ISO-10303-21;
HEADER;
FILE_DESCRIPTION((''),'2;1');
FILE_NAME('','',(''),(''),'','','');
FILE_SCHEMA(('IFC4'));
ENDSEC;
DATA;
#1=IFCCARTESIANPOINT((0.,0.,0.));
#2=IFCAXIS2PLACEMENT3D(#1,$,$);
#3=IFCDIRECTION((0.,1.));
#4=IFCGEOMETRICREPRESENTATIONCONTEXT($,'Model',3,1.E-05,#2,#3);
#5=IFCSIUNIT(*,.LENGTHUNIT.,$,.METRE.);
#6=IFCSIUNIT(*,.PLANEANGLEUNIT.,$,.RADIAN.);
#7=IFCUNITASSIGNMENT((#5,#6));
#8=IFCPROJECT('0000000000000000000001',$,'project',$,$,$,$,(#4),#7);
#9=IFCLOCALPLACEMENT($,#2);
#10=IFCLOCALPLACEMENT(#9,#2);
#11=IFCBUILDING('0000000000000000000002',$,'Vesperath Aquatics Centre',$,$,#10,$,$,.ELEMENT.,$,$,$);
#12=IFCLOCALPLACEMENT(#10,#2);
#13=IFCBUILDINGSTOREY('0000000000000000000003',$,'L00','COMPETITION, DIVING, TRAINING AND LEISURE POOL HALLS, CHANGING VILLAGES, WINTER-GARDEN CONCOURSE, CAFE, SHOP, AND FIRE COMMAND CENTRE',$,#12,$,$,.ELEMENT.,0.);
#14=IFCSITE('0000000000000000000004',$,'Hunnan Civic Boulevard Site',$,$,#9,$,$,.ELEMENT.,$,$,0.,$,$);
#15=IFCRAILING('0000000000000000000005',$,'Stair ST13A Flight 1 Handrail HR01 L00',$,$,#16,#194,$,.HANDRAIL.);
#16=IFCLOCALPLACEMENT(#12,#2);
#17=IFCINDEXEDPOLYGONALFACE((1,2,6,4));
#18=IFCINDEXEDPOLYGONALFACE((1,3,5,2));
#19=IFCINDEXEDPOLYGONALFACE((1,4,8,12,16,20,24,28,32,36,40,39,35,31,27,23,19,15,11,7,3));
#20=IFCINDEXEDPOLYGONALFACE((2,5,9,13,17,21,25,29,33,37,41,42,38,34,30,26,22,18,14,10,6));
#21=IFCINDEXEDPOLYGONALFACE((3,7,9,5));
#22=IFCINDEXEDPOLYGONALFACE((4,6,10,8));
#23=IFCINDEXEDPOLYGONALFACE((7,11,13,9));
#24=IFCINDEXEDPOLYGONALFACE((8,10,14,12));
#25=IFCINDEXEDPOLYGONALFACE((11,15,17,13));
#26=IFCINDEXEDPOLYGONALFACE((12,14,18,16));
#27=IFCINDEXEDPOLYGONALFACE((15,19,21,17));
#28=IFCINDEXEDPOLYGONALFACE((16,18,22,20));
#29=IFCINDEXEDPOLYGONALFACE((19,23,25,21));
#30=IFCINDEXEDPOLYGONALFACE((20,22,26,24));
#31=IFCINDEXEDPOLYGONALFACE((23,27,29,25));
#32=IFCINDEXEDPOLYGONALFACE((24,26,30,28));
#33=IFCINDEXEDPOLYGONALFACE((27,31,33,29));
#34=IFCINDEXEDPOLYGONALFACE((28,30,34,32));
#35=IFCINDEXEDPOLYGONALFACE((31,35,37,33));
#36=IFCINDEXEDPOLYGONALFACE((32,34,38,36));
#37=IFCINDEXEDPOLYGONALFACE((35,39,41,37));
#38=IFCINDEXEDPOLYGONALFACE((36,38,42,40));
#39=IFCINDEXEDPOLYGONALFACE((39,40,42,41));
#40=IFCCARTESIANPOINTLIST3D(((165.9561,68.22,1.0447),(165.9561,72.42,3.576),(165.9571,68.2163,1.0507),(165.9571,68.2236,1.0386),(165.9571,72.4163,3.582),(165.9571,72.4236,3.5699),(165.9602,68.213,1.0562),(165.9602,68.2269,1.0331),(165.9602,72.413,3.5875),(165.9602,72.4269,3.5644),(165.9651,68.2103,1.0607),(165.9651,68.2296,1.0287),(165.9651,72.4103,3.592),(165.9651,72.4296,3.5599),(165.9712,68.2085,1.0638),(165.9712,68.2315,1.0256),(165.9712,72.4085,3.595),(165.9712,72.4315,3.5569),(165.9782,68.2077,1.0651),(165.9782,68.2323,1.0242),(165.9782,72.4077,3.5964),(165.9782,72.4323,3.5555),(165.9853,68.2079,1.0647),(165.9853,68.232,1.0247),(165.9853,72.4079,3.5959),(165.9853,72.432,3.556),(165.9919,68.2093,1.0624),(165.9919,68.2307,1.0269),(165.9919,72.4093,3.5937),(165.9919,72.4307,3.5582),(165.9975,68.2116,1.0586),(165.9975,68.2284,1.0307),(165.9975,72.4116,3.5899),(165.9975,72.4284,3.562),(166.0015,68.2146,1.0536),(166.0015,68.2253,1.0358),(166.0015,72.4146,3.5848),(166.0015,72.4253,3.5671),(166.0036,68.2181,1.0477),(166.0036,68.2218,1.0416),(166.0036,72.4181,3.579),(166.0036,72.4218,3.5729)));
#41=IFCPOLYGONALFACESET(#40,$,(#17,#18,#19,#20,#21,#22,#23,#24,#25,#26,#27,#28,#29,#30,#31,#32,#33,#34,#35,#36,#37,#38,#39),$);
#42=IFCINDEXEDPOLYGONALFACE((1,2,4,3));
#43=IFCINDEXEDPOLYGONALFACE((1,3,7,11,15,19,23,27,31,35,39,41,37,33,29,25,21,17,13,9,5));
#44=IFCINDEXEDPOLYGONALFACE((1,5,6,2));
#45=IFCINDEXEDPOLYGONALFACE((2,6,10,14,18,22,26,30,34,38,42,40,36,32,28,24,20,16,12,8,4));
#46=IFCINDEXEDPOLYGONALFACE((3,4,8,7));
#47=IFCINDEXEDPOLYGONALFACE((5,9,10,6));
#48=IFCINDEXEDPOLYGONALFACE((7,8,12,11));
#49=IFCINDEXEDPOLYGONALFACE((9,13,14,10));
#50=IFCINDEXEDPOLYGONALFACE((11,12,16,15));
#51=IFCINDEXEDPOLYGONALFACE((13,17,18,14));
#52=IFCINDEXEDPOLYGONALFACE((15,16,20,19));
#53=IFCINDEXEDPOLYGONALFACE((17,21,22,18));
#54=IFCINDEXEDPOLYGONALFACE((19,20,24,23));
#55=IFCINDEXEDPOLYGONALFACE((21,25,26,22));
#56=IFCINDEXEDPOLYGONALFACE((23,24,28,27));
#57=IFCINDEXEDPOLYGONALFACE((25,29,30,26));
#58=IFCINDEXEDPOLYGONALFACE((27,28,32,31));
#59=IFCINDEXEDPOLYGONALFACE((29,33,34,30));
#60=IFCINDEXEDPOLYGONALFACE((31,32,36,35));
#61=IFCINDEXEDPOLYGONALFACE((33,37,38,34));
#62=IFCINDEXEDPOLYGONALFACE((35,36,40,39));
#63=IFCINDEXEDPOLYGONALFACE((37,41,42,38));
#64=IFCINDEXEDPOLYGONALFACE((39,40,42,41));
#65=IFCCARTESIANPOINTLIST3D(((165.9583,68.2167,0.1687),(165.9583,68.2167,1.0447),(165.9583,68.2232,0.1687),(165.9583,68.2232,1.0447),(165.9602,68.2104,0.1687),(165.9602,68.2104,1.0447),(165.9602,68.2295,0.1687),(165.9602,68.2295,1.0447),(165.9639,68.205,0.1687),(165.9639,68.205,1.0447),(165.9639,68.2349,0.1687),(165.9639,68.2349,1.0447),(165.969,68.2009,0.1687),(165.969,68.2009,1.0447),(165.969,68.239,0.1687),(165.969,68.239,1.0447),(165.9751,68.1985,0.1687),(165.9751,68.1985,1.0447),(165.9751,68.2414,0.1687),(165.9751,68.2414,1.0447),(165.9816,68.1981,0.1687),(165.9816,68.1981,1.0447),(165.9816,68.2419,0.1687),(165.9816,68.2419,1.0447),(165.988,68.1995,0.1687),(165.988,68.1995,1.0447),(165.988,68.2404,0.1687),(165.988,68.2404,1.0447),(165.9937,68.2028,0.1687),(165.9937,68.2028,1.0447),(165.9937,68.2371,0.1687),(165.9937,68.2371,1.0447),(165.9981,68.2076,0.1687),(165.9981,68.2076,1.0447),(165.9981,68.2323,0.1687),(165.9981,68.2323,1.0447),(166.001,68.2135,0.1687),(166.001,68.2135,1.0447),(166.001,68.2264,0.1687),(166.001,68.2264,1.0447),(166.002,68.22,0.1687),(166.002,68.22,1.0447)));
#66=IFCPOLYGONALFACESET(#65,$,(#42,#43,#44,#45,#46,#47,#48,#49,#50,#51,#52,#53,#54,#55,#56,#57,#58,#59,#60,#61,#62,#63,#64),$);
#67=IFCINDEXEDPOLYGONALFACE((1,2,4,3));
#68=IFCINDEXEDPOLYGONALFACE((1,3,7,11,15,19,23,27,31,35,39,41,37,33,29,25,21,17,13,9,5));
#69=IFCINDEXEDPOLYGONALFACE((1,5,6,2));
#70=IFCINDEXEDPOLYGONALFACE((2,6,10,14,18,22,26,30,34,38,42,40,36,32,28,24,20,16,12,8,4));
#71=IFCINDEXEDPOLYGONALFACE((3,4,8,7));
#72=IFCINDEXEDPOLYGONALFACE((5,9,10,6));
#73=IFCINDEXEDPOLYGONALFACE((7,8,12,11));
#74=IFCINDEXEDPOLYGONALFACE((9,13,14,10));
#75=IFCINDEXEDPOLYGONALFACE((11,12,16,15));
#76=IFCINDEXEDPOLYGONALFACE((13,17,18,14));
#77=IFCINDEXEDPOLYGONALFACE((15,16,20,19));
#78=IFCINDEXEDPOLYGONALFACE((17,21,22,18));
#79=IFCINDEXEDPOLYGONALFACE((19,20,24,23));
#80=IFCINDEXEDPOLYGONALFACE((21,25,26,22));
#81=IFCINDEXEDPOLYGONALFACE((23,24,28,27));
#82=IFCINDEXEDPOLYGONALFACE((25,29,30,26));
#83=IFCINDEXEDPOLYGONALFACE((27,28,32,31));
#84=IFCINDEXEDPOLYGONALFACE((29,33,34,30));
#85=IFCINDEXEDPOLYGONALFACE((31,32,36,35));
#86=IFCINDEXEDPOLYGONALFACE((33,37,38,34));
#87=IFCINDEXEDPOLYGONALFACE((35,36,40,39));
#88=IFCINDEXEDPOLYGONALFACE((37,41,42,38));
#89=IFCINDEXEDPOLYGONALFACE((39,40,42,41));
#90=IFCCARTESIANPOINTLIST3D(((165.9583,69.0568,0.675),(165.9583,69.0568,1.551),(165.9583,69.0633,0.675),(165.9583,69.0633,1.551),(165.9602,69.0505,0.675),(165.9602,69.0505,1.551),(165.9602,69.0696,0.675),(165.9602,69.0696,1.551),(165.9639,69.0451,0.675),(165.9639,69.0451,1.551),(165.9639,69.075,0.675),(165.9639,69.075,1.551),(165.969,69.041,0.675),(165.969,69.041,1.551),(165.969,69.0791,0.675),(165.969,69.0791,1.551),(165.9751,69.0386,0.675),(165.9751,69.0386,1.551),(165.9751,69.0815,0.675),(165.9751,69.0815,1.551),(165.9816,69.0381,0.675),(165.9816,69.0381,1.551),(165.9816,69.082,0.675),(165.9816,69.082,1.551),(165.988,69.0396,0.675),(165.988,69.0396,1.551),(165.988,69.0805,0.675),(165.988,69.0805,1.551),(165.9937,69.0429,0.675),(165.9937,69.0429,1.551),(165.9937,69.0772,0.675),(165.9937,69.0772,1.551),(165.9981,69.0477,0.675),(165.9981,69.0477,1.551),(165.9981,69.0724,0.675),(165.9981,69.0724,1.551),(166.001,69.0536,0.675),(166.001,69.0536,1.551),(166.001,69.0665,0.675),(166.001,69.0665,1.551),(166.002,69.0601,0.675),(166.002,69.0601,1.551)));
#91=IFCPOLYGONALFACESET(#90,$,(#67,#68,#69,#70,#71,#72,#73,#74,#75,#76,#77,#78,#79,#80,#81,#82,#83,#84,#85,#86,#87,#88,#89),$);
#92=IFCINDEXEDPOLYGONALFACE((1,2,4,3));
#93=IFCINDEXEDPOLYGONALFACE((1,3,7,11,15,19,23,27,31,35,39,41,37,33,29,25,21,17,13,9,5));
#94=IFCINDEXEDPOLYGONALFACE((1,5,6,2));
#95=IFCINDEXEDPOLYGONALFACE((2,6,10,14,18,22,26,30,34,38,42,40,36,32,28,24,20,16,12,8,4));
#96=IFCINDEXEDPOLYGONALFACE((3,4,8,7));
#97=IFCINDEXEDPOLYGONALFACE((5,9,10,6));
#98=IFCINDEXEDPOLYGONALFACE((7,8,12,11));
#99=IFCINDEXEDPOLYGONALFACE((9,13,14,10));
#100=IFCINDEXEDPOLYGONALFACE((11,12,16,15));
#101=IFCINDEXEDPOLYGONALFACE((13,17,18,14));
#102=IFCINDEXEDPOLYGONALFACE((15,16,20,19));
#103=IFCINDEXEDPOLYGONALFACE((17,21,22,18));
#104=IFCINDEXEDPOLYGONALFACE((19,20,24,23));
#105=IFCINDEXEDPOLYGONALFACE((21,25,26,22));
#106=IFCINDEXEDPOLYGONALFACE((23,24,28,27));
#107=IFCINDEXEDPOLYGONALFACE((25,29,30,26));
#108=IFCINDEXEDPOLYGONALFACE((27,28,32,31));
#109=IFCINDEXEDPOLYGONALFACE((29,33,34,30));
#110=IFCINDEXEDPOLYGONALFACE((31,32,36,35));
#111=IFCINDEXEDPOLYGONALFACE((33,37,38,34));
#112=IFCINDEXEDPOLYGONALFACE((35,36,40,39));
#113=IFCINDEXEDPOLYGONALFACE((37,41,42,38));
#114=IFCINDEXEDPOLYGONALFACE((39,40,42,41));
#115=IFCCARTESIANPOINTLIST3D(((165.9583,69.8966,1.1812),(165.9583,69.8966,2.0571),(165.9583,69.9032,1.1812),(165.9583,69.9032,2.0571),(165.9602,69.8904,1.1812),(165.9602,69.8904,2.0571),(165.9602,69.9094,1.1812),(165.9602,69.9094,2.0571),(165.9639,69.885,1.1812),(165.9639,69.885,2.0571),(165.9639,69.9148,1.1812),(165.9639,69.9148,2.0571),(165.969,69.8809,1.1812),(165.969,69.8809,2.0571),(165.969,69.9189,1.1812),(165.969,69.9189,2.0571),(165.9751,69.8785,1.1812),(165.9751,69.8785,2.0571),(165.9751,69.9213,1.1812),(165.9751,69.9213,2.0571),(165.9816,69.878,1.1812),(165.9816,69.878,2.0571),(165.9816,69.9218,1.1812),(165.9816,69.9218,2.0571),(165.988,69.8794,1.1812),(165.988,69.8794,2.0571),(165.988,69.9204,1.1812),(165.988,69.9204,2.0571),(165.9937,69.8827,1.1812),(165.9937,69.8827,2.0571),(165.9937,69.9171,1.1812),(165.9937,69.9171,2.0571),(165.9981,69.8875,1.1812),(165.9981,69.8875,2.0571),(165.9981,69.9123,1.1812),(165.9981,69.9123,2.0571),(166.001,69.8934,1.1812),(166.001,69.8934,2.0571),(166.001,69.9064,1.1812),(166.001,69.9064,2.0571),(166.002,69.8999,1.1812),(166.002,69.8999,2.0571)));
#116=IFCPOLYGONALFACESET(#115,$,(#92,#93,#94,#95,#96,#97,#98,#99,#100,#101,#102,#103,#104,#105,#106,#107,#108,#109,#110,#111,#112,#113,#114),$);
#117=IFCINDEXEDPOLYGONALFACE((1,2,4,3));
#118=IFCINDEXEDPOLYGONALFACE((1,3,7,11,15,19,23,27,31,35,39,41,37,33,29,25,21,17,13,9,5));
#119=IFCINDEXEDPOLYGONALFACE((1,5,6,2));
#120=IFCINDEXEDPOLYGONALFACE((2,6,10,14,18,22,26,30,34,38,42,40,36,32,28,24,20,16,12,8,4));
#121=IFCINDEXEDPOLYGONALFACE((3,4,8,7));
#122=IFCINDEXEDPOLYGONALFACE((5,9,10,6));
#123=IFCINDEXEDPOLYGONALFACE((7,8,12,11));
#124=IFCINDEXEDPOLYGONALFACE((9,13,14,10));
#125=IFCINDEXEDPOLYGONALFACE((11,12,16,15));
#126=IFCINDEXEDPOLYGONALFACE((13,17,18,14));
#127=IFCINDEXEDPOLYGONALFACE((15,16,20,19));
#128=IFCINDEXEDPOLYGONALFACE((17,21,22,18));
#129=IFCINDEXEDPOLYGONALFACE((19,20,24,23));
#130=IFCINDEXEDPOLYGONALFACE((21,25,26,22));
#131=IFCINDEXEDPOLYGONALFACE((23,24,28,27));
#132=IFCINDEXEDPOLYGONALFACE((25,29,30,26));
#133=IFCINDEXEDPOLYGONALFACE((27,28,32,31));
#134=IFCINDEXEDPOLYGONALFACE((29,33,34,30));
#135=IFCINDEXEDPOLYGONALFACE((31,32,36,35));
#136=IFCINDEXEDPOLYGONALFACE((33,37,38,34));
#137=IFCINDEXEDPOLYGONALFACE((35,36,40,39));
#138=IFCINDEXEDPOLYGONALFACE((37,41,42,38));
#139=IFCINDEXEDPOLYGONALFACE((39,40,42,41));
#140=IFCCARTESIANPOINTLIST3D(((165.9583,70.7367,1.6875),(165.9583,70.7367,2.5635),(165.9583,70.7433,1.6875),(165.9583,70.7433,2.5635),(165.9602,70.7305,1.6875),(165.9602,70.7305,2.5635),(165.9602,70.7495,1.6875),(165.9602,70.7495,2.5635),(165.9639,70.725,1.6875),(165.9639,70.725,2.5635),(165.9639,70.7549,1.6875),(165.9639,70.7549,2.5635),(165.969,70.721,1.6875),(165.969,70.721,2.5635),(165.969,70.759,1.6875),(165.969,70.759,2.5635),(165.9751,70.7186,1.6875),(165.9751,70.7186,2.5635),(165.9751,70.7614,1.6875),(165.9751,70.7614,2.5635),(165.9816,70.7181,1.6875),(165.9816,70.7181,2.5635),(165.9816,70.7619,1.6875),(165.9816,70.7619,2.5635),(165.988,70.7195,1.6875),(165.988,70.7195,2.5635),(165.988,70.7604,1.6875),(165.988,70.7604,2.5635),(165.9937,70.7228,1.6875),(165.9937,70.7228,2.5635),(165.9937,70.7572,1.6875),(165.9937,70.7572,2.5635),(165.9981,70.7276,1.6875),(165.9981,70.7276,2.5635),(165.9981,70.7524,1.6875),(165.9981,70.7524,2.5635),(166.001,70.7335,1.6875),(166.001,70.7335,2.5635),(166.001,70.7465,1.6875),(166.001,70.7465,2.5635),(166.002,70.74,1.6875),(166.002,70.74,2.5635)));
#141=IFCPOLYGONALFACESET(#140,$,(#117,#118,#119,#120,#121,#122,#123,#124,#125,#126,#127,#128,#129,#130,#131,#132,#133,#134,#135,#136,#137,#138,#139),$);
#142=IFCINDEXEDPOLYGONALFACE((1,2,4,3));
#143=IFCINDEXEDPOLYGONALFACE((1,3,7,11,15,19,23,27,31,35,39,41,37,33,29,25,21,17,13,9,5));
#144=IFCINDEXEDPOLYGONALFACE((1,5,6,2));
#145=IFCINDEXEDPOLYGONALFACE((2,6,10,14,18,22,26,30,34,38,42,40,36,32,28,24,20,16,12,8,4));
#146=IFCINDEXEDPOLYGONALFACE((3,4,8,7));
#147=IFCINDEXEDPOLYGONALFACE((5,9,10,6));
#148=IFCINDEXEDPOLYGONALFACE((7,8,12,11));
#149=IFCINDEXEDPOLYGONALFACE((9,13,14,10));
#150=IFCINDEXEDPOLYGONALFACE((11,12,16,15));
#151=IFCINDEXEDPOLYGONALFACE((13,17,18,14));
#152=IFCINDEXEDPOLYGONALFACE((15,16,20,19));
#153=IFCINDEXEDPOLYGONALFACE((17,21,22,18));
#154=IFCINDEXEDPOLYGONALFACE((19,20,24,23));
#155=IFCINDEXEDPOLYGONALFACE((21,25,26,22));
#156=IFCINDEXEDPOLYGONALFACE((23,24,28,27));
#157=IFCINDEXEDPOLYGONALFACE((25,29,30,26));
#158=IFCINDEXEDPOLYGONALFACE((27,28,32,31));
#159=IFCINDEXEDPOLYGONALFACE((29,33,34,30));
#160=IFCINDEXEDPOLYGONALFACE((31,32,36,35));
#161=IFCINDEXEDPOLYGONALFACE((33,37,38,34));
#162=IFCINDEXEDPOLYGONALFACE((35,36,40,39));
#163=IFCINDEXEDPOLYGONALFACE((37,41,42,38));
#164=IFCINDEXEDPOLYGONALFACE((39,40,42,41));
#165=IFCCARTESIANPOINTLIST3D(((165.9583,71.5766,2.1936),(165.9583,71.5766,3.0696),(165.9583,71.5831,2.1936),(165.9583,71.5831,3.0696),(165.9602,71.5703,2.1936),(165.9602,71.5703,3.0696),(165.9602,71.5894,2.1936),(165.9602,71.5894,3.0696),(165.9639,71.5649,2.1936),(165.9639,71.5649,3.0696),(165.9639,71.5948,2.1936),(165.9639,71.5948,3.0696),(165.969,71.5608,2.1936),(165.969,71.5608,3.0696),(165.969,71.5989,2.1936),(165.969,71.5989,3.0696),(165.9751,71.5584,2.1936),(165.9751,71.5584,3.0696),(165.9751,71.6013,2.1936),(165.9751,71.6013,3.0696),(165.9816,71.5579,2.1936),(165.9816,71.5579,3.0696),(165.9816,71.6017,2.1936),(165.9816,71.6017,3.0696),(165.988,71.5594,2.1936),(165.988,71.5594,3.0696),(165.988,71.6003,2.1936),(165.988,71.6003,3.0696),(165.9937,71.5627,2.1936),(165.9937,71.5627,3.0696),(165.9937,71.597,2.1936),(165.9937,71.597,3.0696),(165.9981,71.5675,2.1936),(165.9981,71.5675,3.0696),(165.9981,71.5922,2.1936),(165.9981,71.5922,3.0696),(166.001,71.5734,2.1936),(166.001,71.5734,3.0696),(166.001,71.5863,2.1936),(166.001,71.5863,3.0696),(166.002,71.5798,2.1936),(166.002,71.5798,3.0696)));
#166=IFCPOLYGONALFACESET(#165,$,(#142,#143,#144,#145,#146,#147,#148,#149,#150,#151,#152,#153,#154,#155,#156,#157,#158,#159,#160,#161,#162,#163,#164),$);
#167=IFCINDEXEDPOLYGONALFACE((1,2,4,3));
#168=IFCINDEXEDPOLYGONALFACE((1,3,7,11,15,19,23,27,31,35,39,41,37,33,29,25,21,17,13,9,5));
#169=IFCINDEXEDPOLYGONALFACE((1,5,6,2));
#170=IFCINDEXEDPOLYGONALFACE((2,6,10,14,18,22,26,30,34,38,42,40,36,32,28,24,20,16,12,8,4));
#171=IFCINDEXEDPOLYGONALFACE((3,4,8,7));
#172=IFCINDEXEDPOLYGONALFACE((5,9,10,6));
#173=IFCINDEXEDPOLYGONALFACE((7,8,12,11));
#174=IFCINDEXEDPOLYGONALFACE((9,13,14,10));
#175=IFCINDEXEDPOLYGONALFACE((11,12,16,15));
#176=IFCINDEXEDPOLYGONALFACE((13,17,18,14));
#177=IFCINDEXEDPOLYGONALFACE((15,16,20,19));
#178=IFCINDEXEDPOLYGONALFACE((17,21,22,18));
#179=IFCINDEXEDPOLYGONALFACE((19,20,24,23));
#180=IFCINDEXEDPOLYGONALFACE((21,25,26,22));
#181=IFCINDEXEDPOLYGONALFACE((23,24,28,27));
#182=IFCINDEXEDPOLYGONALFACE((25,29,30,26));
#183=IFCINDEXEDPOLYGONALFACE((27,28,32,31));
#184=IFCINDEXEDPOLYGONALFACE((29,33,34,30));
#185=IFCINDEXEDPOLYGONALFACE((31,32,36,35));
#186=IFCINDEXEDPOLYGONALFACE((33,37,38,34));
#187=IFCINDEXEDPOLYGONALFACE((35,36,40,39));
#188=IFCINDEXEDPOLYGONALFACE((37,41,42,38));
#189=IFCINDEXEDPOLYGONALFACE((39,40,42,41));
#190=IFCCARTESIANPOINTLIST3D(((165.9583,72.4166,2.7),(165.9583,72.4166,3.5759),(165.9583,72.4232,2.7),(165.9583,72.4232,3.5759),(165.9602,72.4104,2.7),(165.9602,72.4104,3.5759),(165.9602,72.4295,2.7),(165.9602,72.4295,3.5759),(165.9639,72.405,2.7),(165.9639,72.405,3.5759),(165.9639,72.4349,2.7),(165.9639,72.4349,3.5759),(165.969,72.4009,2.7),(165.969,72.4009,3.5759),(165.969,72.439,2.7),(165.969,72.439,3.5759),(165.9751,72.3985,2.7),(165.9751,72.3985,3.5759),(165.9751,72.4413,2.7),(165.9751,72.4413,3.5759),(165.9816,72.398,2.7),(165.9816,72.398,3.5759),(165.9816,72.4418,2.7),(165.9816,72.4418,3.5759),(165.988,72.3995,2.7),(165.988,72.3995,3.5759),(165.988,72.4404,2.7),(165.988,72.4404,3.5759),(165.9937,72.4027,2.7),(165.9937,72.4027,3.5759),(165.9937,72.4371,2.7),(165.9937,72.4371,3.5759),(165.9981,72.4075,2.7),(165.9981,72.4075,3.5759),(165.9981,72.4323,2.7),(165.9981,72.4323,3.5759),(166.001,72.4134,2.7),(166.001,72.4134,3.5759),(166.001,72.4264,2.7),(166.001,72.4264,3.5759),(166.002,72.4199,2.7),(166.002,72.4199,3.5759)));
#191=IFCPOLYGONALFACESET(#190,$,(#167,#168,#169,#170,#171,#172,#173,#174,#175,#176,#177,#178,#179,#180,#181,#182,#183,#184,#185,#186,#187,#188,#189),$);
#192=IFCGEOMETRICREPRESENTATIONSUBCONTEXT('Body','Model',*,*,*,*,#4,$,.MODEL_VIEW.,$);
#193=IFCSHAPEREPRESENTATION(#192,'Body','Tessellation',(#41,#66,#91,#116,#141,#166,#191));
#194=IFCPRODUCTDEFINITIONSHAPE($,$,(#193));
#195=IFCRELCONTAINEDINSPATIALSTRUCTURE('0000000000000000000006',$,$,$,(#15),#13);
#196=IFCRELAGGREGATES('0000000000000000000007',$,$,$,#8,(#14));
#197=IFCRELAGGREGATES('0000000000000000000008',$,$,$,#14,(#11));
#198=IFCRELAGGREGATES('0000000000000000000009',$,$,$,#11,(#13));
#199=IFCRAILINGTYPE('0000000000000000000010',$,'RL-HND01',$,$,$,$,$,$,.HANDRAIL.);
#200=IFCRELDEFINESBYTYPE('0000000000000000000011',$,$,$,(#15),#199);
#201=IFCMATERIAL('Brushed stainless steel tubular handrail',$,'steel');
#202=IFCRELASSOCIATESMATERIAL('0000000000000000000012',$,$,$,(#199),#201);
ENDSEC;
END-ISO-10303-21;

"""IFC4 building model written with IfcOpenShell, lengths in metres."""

from ifc_helpers import new_model, si_unit, direction, frame, origin, origin_2d, place, context, subcontext, project, spatial, circle, extrude, material, type_object, element, save


model = new_model("IFC4")

# Units and contexts
model_context = context("Model", 3, precision=1e-05, world=origin(), true_north=direction((0.0, 1.0)))
body_context = subcontext(model_context, "Body", "Model", "MODEL_VIEW")
ifc_project = project(units=[si_unit("LENGTHUNIT", "METRE"), si_unit("PLANEANGLEUNIT", "RADIAN")], contexts=[model_context])

# Site, building, storey
site_placement = place(None, origin())
site = spatial("IfcSite", under=ifc_project, at=site_placement, Name="Hunnan Civic Boulevard Site", CompositionType="ELEMENT", RefElevation=0.0)
building_placement = place(site_placement, origin())
building = spatial("IfcBuilding", under=site, at=building_placement, Name="Vesperath Aquatics Centre", CompositionType="ELEMENT")
storey_placement = place(building_placement, origin())
storey = spatial("IfcBuildingStorey", under=building, at=storey_placement, Name="L00", Description="COMPETITION, DIVING, TRAINING AND LEISURE POOL HALLS, CHANGING VILLAGES, WINTER-GARDEN CONCOURSE, CAFE, SHOP, AND FIRE COMMAND CENTRE", CompositionType="ELEMENT", Elevation=0.0)

# Railing
ifc_material_1 = material(Name="Brushed stainless steel tubular handrail", Category="steel")
railing_type_1 = type_object("IfcRailingType", Name="RL-HND01", PredefinedType="HANDRAIL", material=ifc_material_1)
railing_1_placement = place(storey_placement, frame((165.98, 68.22, 0.1687)))
element("IfcRailing", 1, at=railing_1_placement, inside=storey, type_object=railing_type_1, Name="Stair ST13A Flight 1 Handrail HR01 L00", PredefinedType="HANDRAIL", context=body_context, shape_type="SweptSolid", body=[
    extrude(circle(Radius=0.0239, at=origin_2d()), frame((0.0, 0.0, 0.876), z_axis=(0.0, 0.856476, 0.516186), x_axis=(-1.0, 0.0, 0.0)), (0.0, 0.0, 1.0), 4.9038),
    extrude(circle(Radius=0.022, at=origin_2d()), origin(), (0.0, 0.0, 1.0), 0.876),
    extrude(circle(Radius=0.022, at=origin_2d()), frame((0.0, 0.8401, 0.5063)), (0.0, 0.0, 1.0), 0.876),
    extrude(circle(Radius=0.022, at=origin_2d()), frame((0.0, 1.6799, 1.0125)), (0.0, 0.0, 1.0), 0.876),
    extrude(circle(Radius=0.022, at=origin_2d()), frame((0.0, 2.52, 1.5188)), (0.0, 0.0, 1.0), 0.876),
    extrude(circle(Radius=0.022, at=origin_2d()), frame((0.0, 3.3599, 2.0249)), (0.0, 0.0, 1.0), 0.876),
    extrude(circle(Radius=0.022, at=origin_2d()), frame((0.0, 4.2, 2.5312)), (0.0, 0.0, 1.0), 0.876),
])

save(model, "model.ifc")
